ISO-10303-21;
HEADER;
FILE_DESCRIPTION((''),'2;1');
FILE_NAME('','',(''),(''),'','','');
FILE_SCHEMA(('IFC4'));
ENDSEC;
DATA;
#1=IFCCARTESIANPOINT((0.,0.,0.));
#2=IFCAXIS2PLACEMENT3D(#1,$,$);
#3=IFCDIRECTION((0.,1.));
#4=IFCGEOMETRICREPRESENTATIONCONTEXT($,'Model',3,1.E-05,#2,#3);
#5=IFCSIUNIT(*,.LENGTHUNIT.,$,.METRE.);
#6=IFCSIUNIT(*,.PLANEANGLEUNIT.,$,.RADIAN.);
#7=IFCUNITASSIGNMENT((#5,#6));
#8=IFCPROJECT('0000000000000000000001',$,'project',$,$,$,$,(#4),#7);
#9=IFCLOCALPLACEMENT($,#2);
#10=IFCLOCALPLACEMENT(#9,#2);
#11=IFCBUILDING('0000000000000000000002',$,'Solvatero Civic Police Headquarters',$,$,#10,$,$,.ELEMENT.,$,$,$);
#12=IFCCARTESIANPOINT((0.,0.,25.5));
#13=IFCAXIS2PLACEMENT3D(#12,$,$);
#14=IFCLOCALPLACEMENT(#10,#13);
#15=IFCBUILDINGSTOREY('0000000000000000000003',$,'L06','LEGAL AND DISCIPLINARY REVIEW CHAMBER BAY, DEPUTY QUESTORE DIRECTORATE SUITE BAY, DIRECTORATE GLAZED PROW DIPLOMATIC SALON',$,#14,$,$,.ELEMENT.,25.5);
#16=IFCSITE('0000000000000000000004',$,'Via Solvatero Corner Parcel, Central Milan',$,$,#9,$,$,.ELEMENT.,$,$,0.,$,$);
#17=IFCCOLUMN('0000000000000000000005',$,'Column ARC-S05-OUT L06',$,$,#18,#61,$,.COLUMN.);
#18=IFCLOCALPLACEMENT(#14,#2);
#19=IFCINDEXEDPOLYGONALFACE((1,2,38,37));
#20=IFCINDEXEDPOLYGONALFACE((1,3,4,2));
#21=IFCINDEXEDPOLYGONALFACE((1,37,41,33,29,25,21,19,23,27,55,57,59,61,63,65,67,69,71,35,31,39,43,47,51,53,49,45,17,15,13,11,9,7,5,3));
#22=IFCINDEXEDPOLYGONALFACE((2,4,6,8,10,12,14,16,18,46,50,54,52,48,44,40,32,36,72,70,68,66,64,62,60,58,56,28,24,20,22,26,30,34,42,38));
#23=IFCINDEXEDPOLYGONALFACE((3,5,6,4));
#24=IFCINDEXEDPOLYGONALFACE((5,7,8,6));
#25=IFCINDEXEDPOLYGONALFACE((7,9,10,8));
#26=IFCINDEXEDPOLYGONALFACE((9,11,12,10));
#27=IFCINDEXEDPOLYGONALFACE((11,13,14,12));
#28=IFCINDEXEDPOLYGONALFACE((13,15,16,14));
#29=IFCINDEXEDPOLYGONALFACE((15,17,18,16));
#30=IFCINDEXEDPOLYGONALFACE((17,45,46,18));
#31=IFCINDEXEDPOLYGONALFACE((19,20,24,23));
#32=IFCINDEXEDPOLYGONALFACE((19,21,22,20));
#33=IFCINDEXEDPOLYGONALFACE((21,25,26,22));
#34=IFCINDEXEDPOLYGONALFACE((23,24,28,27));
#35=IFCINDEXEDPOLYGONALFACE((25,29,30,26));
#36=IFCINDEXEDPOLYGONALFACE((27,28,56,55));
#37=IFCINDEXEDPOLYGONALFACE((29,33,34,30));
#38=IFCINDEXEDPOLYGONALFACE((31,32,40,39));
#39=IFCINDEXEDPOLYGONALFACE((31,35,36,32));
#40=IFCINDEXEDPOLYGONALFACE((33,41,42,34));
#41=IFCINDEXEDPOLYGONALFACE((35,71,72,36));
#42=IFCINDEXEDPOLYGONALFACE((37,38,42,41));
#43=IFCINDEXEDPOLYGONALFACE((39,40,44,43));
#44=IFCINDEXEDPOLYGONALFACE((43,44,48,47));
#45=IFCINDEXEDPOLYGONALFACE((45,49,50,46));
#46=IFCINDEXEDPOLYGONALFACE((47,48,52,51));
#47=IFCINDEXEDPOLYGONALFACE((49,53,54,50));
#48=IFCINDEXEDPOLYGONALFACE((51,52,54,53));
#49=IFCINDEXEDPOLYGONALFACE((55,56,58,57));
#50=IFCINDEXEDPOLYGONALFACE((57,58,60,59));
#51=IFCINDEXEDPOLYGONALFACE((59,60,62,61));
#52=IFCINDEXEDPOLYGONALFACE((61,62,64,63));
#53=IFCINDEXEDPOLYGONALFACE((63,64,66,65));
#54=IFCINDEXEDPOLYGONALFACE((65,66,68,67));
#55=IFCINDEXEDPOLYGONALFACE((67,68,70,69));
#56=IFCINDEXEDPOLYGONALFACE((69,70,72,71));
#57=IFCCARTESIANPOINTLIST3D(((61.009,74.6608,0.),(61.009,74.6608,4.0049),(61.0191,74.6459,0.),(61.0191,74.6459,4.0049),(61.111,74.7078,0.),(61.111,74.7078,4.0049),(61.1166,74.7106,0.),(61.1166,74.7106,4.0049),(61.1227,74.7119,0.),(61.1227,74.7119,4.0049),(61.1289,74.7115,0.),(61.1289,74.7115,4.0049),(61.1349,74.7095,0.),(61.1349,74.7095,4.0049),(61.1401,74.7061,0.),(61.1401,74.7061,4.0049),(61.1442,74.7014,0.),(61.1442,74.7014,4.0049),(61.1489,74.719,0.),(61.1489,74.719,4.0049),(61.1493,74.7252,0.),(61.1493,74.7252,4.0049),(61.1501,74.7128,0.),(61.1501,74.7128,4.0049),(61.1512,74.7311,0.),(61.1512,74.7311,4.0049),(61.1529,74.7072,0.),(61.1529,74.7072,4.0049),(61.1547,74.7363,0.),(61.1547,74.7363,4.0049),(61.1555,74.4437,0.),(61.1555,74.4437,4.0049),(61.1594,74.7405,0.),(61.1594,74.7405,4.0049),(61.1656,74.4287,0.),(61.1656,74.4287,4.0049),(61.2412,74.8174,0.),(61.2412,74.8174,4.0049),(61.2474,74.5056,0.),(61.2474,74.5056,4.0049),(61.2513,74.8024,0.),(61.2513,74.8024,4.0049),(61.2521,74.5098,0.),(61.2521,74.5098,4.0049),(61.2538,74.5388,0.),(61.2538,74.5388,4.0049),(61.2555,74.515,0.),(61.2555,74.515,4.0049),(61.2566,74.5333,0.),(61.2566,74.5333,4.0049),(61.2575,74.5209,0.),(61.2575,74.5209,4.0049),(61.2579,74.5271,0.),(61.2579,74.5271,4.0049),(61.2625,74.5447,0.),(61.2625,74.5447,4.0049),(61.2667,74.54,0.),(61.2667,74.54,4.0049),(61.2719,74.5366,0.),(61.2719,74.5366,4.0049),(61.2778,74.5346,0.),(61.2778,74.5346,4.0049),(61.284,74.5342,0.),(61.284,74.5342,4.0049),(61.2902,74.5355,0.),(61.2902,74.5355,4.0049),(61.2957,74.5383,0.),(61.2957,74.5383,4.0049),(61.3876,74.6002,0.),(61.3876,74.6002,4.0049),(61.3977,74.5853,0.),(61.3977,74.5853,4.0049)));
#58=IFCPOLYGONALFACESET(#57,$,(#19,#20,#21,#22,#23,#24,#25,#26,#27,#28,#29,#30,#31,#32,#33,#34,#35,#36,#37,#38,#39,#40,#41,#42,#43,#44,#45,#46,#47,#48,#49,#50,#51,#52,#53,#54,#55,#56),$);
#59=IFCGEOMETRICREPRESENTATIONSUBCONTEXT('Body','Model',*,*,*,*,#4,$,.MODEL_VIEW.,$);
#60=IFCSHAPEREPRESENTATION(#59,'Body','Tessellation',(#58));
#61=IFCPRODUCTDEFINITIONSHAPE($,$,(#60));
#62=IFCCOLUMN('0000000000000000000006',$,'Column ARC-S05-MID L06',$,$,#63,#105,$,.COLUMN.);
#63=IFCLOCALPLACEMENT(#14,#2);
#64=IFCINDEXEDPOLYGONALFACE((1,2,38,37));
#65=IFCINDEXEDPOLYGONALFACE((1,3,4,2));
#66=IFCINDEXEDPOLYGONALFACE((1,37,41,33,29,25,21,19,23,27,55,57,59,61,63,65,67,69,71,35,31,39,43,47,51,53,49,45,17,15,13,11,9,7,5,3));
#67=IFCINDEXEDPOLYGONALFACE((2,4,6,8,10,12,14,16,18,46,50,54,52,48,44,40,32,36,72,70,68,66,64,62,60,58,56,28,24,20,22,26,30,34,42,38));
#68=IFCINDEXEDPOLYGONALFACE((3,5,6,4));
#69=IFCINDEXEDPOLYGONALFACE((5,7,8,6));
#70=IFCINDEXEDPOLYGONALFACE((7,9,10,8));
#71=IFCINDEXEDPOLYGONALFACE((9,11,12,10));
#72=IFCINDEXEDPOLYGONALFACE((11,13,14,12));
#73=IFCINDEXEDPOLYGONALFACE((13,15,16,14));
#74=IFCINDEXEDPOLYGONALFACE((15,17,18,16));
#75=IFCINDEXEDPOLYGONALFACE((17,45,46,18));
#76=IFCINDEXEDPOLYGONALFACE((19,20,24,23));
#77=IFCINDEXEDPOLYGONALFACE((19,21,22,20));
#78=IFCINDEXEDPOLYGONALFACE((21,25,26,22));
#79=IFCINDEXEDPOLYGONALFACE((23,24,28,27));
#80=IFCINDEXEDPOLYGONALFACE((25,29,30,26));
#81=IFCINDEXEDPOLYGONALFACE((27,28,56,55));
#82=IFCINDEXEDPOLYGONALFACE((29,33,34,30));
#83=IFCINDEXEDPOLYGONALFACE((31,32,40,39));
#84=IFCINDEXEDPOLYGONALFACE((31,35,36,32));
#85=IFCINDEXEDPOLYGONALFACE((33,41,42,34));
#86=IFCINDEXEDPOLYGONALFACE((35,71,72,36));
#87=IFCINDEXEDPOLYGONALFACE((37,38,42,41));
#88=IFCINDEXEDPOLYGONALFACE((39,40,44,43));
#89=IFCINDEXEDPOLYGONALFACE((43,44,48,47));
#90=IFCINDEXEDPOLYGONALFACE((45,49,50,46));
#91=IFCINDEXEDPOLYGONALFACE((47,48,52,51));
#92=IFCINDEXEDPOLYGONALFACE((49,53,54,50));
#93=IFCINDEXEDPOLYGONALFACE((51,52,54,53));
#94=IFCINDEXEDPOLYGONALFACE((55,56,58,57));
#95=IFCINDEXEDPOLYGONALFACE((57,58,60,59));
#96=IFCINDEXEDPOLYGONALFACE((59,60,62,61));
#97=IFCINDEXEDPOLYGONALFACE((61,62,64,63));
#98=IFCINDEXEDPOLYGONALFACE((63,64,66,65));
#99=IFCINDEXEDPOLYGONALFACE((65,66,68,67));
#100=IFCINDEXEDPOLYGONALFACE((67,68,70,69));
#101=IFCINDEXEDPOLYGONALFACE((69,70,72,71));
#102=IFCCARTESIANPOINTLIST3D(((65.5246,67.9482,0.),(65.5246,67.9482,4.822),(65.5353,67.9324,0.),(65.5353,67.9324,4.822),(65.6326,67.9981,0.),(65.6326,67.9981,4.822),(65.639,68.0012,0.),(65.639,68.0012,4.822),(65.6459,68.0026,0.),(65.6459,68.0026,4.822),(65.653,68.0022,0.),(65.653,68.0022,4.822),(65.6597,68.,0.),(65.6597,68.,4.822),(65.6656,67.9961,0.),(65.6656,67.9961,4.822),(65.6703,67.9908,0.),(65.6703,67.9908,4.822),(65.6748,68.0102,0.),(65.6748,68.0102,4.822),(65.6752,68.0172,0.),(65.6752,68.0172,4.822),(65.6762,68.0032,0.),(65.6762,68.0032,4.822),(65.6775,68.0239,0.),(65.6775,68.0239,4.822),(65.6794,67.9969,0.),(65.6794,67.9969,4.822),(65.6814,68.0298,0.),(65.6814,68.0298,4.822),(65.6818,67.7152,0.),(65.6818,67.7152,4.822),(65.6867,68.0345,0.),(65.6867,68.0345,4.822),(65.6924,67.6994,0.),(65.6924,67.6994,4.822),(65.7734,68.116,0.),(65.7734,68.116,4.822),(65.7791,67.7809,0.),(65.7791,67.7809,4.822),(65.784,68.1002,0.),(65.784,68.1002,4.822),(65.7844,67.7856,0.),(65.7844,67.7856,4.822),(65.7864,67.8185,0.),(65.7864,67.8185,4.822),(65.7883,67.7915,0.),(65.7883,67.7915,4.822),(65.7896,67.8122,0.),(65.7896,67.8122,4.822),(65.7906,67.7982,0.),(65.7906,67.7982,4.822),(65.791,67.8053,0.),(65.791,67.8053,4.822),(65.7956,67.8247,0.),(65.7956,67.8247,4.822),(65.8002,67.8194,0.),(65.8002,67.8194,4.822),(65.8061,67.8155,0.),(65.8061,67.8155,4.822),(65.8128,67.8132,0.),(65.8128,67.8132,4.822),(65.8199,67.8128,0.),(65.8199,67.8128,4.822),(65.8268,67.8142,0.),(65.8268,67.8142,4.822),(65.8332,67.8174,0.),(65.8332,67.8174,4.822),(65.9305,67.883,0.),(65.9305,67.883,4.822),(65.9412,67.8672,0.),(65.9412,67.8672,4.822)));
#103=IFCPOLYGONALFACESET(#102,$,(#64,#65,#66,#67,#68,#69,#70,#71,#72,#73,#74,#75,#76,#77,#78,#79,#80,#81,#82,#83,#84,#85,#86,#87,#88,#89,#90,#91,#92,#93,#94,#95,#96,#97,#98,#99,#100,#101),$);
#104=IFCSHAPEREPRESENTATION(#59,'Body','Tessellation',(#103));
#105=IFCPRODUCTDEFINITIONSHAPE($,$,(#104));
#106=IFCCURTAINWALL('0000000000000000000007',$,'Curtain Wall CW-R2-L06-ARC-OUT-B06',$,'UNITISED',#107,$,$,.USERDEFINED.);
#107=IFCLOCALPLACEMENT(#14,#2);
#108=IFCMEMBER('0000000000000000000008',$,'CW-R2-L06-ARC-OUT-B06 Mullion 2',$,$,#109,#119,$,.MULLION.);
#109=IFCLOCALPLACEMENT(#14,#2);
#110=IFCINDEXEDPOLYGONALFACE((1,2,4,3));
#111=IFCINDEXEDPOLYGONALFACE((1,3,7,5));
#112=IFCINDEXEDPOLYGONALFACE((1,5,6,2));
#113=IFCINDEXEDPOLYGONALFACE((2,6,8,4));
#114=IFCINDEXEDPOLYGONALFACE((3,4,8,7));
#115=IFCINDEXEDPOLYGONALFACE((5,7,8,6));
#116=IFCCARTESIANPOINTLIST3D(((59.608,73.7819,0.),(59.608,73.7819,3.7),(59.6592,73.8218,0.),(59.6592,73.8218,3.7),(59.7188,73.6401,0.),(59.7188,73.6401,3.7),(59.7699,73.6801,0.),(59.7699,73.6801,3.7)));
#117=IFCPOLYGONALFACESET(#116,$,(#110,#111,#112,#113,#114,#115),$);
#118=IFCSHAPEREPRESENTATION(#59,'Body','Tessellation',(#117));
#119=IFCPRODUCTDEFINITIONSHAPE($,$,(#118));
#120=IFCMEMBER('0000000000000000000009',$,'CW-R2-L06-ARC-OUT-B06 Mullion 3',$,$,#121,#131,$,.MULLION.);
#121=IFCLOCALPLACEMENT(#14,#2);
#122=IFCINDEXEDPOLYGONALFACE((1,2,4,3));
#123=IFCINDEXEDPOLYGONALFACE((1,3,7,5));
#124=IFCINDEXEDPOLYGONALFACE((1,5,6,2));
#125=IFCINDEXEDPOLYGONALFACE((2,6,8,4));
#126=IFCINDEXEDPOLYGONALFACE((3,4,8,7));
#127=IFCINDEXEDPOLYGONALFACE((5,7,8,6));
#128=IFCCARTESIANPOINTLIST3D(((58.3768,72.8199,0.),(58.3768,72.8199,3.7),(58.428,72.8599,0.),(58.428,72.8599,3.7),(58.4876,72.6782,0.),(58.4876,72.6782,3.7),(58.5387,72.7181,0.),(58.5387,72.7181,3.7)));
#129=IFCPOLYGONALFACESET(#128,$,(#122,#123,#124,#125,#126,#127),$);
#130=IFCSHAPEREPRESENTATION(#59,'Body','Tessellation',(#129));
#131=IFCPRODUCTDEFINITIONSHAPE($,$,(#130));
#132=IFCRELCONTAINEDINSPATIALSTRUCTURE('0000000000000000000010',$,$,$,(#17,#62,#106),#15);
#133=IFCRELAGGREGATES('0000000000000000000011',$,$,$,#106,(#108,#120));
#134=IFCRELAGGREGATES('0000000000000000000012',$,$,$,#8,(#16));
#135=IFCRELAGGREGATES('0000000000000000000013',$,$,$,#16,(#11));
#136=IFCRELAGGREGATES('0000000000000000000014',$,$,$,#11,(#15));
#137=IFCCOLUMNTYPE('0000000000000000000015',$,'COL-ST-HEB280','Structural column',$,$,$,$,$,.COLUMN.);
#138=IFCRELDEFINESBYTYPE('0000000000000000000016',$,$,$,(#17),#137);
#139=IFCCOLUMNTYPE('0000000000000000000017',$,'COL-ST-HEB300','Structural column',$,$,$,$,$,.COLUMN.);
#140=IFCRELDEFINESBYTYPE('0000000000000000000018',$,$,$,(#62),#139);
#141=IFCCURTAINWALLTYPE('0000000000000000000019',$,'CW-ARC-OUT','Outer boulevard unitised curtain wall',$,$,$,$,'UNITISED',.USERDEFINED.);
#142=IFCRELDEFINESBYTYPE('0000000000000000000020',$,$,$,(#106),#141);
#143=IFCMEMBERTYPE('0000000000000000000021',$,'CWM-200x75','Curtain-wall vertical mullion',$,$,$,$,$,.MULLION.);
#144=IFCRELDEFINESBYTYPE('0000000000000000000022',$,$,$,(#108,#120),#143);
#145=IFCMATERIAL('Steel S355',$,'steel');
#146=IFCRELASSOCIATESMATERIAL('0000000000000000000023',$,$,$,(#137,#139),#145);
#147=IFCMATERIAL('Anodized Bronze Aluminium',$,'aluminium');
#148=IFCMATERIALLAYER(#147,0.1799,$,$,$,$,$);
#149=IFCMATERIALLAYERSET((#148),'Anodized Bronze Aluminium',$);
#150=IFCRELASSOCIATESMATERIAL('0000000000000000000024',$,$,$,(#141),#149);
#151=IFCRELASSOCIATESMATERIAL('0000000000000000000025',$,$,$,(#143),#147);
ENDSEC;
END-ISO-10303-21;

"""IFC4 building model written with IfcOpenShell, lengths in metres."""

from ifc_helpers import new_model, si_unit, direction, frame, origin, origin_2d, place, context, subcontext, project, spatial, rectangle, i_section, extrude, material, layer, layer_set, material_profile, profile_set, type_object, element, aggregate, save


model = new_model("IFC4")

# Units and contexts
model_context = context("Model", 3, precision=1e-05, world=origin(), true_north=direction((0.0, 1.0)))
body_context = subcontext(model_context, "Body", "Model", "MODEL_VIEW")
ifc_project = project(units=[si_unit("LENGTHUNIT", "METRE"), si_unit("PLANEANGLEUNIT", "RADIAN")], contexts=[model_context])

# Site, building, storey
site_placement = place(None, origin())
site = spatial("IfcSite", under=ifc_project, at=site_placement, Name="Via Solvatero Corner Parcel, Central Milan", CompositionType="ELEMENT", RefElevation=0.0)
building_placement = place(site_placement, origin())
building = spatial("IfcBuilding", under=site, at=building_placement, Name="Solvatero Civic Police Headquarters", CompositionType="ELEMENT")
storey_placement = place(building_placement, frame((0.0, 0.0, 25.5)))
storey = spatial("IfcBuildingStorey", under=building, at=storey_placement, Name="L06", Description="LEGAL AND DISCIPLINARY REVIEW CHAMBER BAY, DEPUTY QUESTORE DIRECTORATE SUITE BAY, DIRECTORATE GLAZED PROW DIPLOMATIC SALON", CompositionType="ELEMENT", Elevation=25.5)

# Columns
ifc_material_1 = material(Name="Steel S355", Category="steel")
ifc_material_profile_1 = material_profile(ifc_material_1, i_section(OverallWidth=0.28, OverallDepth=0.28, WebThickness=0.0105, FlangeThickness=0.0181, FilletRadius=0.0239, at=origin_2d()), Name="HEB 280")
ifc_profile_set_1 = profile_set([ifc_material_profile_1], Name="Steel S355")
column_type_1 = type_object("IfcColumnType", Name="COL-ST-HEB280", Description="Structural column", PredefinedType="COLUMN", material=ifc_profile_set_1)
column_1_placement = place(storey_placement, frame((61.2034, 74.623, 0.0), z_axis=(0.0, 0.0, 1.0), x_axis=(0.829038, 0.559193, 0.0)))
element("IfcColumn", 1, at=column_1_placement, inside=storey, type_object=column_type_1, Name="Column ARC-S05-OUT L06", PredefinedType="COLUMN", context=body_context, shape_type="SweptSolid", body=[
    extrude(i_section(OverallWidth=0.28, OverallDepth=0.28, WebThickness=0.0105, FlangeThickness=0.0181, FilletRadius=0.0239, at=origin_2d()), origin(), (0.0, 0.0, 1.0), 4.0049),
])
ifc_material_profile_2 = material_profile(ifc_material_1, i_section(OverallWidth=0.3, OverallDepth=0.3, WebThickness=0.011, FlangeThickness=0.019, FilletRadius=0.0271, at=origin_2d()), Name="HEB 300")
ifc_profile_set_2 = profile_set([ifc_material_profile_2], Name="Steel S355")
column_type_2 = type_object("IfcColumnType", Name="COL-ST-HEB300", Description="Structural column", PredefinedType="COLUMN", material=ifc_profile_set_2)
column_2_placement = place(storey_placement, frame((65.7329, 67.9077, 0.0), z_axis=(0.0, 0.0, 1.0), x_axis=(0.829038, 0.559193, 0.0)))
element("IfcColumn", 2, at=column_2_placement, inside=storey, type_object=column_type_2, Name="Column ARC-S05-MID L06", PredefinedType="COLUMN", context=body_context, shape_type="SweptSolid", body=[
    extrude(i_section(OverallWidth=0.3, OverallDepth=0.3, WebThickness=0.011, FlangeThickness=0.019, FilletRadius=0.0271, at=origin_2d()), origin(), (0.0, 0.0, 1.0), 4.822),
])

# Curtain wall, members
ifc_material_2 = material(Name="Anodized Bronze Aluminium", Category="aluminium")
ifc_layer_1 = layer(ifc_material_2, 0.1799)
ifc_layer_set_1 = layer_set([ifc_layer_1], Name="Anodized Bronze Aluminium")
curtain_wall_type = type_object("IfcCurtainWallType", Name="CW-ARC-OUT", Description="Outer boulevard unitised curtain wall", ElementType="UNITISED", PredefinedType="USERDEFINED", material=ifc_layer_set_1)
curtain_wall_placement = place(storey_placement, origin())
curtain_wall = element("IfcCurtainWall", 3, at=curtain_wall_placement, inside=storey, type_object=curtain_wall_type, Name="Curtain Wall CW-R2-L06-ARC-OUT-B06", ObjectType="UNITISED", PredefinedType="USERDEFINED")
ifc_material_profile_3 = material_profile(ifc_material_2, rectangle(XDim=0.0649, YDim=0.1799, at=origin_2d()), Name="ALU MULLION 65x180")
ifc_profile_set_3 = profile_set([ifc_material_profile_3], Name="Anodized Bronze Aluminium")
member_type_1 = type_object("IfcMemberType", Name="CWM-200x75", Description="Curtain-wall vertical mullion", PredefinedType="MULLION", material=ifc_profile_set_3)
member_1_placement = place(storey_placement, frame((59.689, 73.731, 0.0), z_axis=(0.0, 0.0, 1.0), x_axis=(-0.788011, -0.615661, 0.0)))
member_1 = element("IfcMember", 4, at=member_1_placement, type_object=member_type_1, Name="CW-R2-L06-ARC-OUT-B06 Mullion 2", PredefinedType="MULLION", context=body_context, shape_type="SweptSolid", body=[
    extrude(rectangle(XDim=0.0649, YDim=0.1799, at=origin_2d()), origin(), (0.0, 0.0, 1.0), 3.7),
])
member_2_placement = place(storey_placement, frame((58.4578, 72.769, 0.0), z_axis=(0.0, 0.0, 1.0), x_axis=(-0.788011, -0.615661, 0.0)))
member_2 = element("IfcMember", 5, at=member_2_placement, type_object=member_type_1, Name="CW-R2-L06-ARC-OUT-B06 Mullion 3", PredefinedType="MULLION", context=body_context, shape_type="SweptSolid", body=[
    extrude(rectangle(XDim=0.0649, YDim=0.1799, at=origin_2d()), origin(), (0.0, 0.0, 1.0), 3.7),
])

aggregate(curtain_wall, [member_1, member_2])

save(model, "model.ifc")
